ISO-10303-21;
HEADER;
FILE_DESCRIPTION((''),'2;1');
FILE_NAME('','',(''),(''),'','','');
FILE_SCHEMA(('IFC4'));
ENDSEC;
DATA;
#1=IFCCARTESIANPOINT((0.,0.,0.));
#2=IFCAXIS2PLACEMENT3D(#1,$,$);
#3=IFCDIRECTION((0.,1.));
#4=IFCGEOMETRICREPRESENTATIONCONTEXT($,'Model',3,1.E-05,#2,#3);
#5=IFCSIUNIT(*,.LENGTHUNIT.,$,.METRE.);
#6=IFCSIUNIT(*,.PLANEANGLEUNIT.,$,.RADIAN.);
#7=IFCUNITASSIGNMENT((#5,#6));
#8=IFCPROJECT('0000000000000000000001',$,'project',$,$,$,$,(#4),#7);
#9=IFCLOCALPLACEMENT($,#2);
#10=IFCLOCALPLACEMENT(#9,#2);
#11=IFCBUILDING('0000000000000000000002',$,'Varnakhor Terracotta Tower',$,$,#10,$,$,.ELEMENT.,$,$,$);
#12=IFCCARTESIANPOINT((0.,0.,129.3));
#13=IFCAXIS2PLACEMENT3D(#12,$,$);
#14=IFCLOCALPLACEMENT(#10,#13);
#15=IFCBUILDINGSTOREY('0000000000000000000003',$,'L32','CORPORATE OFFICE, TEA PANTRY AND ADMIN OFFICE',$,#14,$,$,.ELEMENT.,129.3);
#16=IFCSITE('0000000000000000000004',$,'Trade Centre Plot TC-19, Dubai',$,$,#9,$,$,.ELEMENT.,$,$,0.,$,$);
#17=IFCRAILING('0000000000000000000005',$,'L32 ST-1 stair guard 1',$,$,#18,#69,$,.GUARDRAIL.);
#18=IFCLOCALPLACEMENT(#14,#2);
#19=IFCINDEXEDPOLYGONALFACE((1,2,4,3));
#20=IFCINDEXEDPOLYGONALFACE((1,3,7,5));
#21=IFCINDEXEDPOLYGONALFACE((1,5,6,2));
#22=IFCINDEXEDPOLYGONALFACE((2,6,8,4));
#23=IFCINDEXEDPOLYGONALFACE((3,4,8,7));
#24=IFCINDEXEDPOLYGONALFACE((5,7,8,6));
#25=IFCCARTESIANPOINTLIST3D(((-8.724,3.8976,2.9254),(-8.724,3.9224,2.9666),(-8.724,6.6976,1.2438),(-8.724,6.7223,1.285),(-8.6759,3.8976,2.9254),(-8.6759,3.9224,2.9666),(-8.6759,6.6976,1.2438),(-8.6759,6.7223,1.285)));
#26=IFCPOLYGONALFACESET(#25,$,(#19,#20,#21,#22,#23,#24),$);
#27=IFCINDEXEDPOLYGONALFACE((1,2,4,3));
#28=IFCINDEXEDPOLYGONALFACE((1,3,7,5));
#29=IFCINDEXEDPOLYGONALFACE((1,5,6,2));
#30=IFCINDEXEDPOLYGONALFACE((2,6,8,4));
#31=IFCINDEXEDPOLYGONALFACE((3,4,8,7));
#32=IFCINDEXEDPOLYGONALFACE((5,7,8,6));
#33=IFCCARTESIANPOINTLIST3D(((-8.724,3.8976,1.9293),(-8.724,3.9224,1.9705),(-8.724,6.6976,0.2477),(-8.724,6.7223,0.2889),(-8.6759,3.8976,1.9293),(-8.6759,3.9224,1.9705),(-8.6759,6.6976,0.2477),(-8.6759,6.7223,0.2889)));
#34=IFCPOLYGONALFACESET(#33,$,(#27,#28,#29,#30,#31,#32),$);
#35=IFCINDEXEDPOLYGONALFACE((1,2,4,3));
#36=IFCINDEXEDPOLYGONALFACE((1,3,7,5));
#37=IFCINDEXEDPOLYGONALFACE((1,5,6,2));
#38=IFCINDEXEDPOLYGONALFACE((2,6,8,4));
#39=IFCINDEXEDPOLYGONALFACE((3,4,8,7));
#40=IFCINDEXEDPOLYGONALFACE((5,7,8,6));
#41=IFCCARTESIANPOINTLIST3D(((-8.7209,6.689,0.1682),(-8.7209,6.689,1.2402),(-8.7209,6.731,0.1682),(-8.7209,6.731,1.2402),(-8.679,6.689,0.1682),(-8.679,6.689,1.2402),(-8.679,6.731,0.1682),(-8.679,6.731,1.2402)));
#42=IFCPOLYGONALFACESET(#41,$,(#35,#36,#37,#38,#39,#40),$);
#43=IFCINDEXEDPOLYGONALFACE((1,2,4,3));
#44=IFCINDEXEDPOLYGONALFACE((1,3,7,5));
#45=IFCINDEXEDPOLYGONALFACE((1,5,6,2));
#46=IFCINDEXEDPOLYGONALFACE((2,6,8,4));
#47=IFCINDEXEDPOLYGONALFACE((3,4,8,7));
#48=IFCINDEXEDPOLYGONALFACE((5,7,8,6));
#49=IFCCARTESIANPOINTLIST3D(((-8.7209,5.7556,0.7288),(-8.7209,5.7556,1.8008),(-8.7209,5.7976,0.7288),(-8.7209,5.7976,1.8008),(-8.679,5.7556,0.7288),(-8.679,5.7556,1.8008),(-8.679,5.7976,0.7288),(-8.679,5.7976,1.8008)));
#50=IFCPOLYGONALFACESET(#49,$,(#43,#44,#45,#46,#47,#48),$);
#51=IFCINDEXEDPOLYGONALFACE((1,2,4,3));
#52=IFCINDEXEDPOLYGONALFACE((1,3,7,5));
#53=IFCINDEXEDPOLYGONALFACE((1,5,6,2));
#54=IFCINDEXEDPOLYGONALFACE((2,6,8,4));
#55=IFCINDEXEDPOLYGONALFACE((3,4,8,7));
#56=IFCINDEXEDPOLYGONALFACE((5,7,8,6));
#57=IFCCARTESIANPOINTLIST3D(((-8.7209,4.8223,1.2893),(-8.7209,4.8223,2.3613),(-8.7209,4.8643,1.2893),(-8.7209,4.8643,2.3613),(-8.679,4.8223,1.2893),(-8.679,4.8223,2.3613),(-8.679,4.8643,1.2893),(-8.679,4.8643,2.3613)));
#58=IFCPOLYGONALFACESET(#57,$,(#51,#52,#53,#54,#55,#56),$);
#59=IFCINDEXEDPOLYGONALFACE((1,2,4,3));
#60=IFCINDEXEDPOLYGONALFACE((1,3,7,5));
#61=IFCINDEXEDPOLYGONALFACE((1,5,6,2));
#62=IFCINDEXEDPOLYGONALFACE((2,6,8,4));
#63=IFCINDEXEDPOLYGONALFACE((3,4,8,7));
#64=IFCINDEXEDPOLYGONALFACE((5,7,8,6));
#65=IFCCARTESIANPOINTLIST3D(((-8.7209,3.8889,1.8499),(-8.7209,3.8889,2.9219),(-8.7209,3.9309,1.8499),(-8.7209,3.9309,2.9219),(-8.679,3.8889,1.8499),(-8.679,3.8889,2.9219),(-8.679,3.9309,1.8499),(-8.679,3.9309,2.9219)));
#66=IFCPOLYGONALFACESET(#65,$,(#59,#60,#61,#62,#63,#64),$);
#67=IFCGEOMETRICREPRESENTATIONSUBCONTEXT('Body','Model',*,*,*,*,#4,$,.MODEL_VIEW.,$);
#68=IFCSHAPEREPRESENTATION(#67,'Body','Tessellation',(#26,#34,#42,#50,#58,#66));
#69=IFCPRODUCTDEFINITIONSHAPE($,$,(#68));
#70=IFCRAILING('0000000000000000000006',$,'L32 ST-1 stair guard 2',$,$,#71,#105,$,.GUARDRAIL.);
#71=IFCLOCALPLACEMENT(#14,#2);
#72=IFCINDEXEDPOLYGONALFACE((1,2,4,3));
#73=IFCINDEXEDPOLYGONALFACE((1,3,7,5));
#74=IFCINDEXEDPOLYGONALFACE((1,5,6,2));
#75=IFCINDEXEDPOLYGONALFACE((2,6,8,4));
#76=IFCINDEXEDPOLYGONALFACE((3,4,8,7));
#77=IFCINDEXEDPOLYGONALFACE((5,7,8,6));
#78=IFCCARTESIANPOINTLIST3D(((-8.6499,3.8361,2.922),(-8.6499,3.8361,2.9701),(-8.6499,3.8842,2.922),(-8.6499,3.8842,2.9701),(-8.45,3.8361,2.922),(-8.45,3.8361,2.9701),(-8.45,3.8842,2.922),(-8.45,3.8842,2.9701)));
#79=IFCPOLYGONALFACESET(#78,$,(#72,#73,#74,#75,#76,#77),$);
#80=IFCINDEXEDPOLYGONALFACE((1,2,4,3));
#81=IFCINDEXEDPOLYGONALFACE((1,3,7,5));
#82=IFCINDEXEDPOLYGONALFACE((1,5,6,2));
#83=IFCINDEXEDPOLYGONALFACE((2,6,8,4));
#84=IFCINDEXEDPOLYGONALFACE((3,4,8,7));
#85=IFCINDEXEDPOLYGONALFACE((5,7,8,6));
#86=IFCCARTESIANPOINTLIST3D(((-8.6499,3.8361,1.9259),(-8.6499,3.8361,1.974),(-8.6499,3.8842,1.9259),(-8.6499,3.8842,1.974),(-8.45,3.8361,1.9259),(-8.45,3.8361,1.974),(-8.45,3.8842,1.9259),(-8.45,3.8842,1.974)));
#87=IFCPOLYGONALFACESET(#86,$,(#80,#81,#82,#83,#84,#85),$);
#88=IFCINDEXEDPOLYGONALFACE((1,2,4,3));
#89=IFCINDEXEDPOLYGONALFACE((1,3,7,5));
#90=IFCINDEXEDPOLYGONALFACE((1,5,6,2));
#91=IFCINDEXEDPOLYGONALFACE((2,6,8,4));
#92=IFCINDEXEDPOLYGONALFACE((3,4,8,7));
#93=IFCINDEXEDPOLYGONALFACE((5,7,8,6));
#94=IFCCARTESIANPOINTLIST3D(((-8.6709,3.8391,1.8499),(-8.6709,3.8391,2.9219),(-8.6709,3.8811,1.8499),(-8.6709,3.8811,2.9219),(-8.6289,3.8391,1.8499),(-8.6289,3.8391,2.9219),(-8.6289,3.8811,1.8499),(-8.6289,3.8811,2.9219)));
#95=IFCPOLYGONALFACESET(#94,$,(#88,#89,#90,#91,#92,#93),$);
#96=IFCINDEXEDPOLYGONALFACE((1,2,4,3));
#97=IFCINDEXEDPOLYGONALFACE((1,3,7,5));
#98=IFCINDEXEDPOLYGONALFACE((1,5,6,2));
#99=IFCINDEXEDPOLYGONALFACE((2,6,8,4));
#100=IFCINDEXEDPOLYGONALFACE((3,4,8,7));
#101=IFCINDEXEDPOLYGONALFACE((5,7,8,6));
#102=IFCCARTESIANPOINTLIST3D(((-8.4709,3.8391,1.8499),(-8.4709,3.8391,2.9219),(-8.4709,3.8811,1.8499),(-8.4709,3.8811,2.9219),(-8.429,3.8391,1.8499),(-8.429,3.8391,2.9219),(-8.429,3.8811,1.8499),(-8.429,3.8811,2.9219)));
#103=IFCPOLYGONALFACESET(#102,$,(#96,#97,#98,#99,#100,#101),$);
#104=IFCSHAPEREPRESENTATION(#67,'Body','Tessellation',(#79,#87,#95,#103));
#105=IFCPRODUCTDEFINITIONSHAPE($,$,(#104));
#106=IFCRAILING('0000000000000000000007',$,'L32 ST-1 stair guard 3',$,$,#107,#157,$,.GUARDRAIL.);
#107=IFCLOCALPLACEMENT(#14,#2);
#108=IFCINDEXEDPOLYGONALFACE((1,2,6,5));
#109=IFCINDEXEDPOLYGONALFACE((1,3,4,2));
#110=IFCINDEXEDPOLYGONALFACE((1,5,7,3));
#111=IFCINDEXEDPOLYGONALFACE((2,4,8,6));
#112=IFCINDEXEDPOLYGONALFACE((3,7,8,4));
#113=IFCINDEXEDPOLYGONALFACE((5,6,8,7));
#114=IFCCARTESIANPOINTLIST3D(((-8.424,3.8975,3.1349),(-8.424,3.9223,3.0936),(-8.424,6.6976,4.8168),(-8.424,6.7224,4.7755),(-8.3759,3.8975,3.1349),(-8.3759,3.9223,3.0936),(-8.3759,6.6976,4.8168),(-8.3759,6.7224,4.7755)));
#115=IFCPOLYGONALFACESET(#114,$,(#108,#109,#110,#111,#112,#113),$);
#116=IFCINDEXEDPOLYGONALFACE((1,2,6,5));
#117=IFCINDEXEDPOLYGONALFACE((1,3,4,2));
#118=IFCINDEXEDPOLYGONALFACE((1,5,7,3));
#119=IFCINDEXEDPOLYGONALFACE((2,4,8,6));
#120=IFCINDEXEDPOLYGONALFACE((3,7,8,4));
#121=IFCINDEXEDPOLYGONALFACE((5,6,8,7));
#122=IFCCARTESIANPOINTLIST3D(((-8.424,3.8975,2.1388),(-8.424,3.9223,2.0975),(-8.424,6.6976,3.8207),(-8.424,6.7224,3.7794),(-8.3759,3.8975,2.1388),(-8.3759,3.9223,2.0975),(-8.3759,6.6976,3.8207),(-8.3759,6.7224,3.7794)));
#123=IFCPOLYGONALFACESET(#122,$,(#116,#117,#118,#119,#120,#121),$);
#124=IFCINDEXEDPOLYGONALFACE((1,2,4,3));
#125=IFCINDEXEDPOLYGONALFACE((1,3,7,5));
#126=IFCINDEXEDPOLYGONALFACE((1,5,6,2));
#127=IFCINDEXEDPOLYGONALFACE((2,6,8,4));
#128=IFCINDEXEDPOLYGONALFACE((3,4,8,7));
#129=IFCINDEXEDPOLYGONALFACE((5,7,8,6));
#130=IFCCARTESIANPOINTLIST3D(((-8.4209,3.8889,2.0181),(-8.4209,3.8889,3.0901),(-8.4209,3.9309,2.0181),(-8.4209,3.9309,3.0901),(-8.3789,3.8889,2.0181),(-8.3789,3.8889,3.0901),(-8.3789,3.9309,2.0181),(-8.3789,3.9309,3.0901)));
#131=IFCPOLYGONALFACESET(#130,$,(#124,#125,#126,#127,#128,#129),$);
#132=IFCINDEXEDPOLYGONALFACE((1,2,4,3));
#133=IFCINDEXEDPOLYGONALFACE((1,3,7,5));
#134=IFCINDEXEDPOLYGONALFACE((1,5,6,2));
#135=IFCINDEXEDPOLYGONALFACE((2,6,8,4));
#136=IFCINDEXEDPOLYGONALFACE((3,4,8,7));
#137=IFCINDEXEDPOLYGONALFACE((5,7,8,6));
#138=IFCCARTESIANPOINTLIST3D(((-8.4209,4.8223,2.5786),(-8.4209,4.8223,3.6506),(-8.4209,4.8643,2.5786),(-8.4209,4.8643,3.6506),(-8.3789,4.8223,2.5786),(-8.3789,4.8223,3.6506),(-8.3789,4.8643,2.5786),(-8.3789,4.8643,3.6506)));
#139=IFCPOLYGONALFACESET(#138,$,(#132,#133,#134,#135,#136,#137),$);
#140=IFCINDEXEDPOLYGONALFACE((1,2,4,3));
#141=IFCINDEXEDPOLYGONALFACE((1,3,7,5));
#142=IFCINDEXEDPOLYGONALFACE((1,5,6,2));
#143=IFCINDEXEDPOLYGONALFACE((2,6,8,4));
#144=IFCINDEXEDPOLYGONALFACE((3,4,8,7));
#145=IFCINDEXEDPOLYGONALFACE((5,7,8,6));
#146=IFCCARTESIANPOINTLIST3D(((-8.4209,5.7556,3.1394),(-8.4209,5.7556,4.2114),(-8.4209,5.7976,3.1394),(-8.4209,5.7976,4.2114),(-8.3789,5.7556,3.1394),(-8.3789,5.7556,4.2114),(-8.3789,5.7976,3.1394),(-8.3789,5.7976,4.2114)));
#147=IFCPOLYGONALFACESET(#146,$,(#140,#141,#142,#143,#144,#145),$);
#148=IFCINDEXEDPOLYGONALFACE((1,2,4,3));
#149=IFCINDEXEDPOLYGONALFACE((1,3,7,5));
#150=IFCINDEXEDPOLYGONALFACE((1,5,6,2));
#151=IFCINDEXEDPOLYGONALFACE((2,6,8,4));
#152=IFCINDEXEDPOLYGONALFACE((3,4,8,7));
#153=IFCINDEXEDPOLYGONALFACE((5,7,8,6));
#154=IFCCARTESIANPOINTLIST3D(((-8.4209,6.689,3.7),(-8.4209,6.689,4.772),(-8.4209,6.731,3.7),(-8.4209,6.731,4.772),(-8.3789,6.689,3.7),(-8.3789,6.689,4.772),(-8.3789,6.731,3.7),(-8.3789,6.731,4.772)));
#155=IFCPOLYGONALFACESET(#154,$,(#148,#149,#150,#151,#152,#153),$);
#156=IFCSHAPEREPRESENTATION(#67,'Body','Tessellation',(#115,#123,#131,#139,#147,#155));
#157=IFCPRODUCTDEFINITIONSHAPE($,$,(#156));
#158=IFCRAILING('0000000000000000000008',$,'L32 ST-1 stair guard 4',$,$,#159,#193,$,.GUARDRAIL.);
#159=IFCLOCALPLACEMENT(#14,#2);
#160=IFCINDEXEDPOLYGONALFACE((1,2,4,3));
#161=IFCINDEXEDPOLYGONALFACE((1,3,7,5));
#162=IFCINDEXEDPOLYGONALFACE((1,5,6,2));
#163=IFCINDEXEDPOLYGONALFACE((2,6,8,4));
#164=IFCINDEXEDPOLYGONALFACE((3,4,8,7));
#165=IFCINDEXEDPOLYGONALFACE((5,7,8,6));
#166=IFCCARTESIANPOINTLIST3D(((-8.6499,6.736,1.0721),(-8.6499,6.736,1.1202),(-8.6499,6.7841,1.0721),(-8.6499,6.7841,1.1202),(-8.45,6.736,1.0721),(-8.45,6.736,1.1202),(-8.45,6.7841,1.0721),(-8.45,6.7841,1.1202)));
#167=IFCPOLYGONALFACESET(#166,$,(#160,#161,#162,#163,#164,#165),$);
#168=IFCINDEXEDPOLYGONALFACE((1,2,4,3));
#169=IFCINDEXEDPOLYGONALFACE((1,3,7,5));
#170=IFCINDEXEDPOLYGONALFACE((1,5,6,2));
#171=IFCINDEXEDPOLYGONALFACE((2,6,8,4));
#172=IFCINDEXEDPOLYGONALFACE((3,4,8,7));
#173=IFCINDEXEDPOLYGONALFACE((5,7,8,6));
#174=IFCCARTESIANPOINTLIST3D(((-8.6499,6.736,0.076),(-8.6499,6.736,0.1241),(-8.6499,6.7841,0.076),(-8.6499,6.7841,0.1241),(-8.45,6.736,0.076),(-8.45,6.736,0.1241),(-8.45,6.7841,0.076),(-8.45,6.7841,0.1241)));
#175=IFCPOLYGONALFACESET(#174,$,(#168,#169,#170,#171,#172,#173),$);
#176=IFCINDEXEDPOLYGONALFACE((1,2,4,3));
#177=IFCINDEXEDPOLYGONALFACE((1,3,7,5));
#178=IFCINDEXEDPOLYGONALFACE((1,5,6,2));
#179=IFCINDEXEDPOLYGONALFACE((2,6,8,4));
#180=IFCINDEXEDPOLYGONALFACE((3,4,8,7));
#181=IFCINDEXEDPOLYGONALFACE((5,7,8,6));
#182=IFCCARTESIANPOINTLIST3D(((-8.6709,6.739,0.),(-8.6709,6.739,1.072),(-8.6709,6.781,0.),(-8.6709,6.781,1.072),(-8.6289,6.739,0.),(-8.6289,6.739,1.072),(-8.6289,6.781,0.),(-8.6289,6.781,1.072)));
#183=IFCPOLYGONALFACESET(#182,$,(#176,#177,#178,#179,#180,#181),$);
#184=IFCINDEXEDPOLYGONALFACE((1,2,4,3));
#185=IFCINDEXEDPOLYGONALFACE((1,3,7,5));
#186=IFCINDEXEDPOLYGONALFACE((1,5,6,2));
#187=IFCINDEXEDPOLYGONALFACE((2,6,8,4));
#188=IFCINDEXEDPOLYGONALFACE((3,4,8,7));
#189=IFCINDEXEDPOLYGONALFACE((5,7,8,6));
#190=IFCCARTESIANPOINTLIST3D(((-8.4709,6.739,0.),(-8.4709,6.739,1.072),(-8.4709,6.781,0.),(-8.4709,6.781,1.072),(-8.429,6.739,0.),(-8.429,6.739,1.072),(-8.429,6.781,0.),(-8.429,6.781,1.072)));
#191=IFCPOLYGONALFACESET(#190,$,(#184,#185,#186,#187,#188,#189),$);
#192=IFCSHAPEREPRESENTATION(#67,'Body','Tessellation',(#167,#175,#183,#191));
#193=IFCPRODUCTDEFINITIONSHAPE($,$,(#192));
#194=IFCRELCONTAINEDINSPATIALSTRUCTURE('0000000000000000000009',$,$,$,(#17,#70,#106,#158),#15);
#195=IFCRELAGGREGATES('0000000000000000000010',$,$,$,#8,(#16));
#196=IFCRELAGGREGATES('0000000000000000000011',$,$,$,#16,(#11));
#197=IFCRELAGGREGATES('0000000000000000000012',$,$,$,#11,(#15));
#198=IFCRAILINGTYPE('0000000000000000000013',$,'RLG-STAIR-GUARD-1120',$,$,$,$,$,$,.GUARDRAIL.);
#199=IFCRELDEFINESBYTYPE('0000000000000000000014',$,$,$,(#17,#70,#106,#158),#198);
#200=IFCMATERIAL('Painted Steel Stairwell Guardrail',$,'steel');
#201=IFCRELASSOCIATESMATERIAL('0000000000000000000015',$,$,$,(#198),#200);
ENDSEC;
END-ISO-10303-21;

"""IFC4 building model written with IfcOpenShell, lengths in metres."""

from ifc_helpers import new_model, si_unit, direction, frame, origin, origin_2d, place, context, subcontext, project, spatial, rectangle, extrude, material, type_object, element, save


model = new_model("IFC4")

# Units and contexts
model_context = context("Model", 3, precision=1e-05, world=origin(), true_north=direction((0.0, 1.0)))
body_context = subcontext(model_context, "Body", "Model", "MODEL_VIEW")
ifc_project = project(units=[si_unit("LENGTHUNIT", "METRE"), si_unit("PLANEANGLEUNIT", "RADIAN")], contexts=[model_context])

# Site, building, storey
site_placement = place(None, origin())
site = spatial("IfcSite", under=ifc_project, at=site_placement, Name="Trade Centre Plot TC-19, Dubai", CompositionType="ELEMENT", RefElevation=0.0)
building_placement = place(site_placement, origin())
building = spatial("IfcBuilding", under=site, at=building_placement, Name="Varnakhor Terracotta Tower", CompositionType="ELEMENT")
storey_placement = place(building_placement, frame((0.0, 0.0, 129.3)))
storey = spatial("IfcBuildingStorey", under=building, at=storey_placement, Name="L32", Description="CORPORATE OFFICE, TEA PANTRY AND ADMIN OFFICE", CompositionType="ELEMENT", Elevation=129.3)

# Railings
ifc_material_1 = material(Name="Painted Steel Stairwell Guardrail", Category="steel")
railing_type_1 = type_object("IfcRailingType", Name="RLG-STAIR-GUARD-1120", PredefinedType="GUARDRAIL", material=ifc_material_1)
railing_1_placement = place(storey_placement, frame((-8.7, 6.71, 0.1682)))
element("IfcRailing", 1, at=railing_1_placement, inside=storey, type_object=railing_type_1, Name="L32 ST-1 stair guard 1", PredefinedType="GUARDRAIL", context=body_context, shape_type="SweptSolid", body=[
    extrude(rectangle(XDim=0.0481, YDim=0.0481, at=origin_2d()), frame((0.0, 0.0, 1.0962), z_axis=(0.0, -0.857275, 0.514858), x_axis=(1.0, 0.0, 0.0)), (0.0, 0.0, 1.0), 3.2661),
    extrude(rectangle(XDim=0.0481, YDim=0.0481, at=origin_2d()), frame((0.0, 0.0, 0.1001), z_axis=(0.0, -0.857275, 0.514858), x_axis=(1.0, 0.0, 0.0)), (0.0, 0.0, 1.0), 3.2661),
    extrude(rectangle(XDim=0.042, YDim=0.042, at=origin_2d()), origin(), (0.0, 0.0, 1.0), 1.072),
    extrude(rectangle(XDim=0.042, YDim=0.042, at=origin_2d()), frame((0.0, -0.9333, 0.5605)), (0.0, 0.0, 1.0), 1.072),
    extrude(rectangle(XDim=0.042, YDim=0.042, at=origin_2d()), frame((0.0, -1.8667, 1.1211)), (0.0, 0.0, 1.0), 1.072),
    extrude(rectangle(XDim=0.042, YDim=0.042, at=origin_2d()), frame((0.0, -2.8, 1.6816)), (0.0, 0.0, 1.0), 1.072),
])
railing_2_placement = place(storey_placement, frame((-8.6499, 3.8601, 1.8499)))
element("IfcRailing", 2, at=railing_2_placement, inside=storey, type_object=railing_type_1, Name="L32 ST-1 stair guard 2", PredefinedType="GUARDRAIL", context=body_context, shape_type="SweptSolid", body=[
    extrude(rectangle(XDim=0.0481, YDim=0.0481, at=origin_2d()), frame((0.0, 0.0, 1.0962), z_axis=(1.0, 0.0, 0.0), x_axis=(0.0, 1.0, 0.0)), (0.0, 0.0, 1.0), 0.2),
    extrude(rectangle(XDim=0.0481, YDim=0.0481, at=origin_2d()), frame((0.0, 0.0, 0.1001), z_axis=(1.0, 0.0, 0.0), x_axis=(0.0, 1.0, 0.0)), (0.0, 0.0, 1.0), 0.2),
    extrude(rectangle(XDim=0.042, YDim=0.042, at=origin_2d()), origin(), (0.0, 0.0, 1.0), 1.072),
    extrude(rectangle(XDim=0.042, YDim=0.042, at=origin_2d()), frame((0.2, 0.0, 0.0)), (0.0, 0.0, 1.0), 1.072),
])
railing_3_placement = place(storey_placement, frame((-8.3999, 3.9099, 2.0181)))
element("IfcRailing", 3, at=railing_3_placement, inside=storey, type_object=railing_type_1, Name="L32 ST-1 stair guard 3", PredefinedType="GUARDRAIL", context=body_context, shape_type="SweptSolid", body=[
    extrude(rectangle(XDim=0.0481, YDim=0.0481, at=origin_2d()), frame((0.0, 0.0, 1.0962), z_axis=(0.0, 0.857242, 0.514913), x_axis=(-1.0, 0.0, 0.0)), (0.0, 0.0, 1.0), 3.2664),
    extrude(rectangle(XDim=0.0481, YDim=0.0481, at=origin_2d()), frame((0.0, 0.0, 0.1001), z_axis=(0.0, 0.857242, 0.514913), x_axis=(-1.0, 0.0, 0.0)), (0.0, 0.0, 1.0), 3.2664),
    extrude(rectangle(XDim=0.042, YDim=0.042, at=origin_2d()), origin(), (0.0, 0.0, 1.0), 1.072),
    extrude(rectangle(XDim=0.042, YDim=0.042, at=origin_2d()), frame((0.0, 0.9333, 0.5605)), (0.0, 0.0, 1.0), 1.072),
    extrude(rectangle(XDim=0.042, YDim=0.042, at=origin_2d()), frame((0.0, 1.8667, 1.1213)), (0.0, 0.0, 1.0), 1.072),
    extrude(rectangle(XDim=0.042, YDim=0.042, at=origin_2d()), frame((0.0, 2.8, 1.6819)), (0.0, 0.0, 1.0), 1.072),
])
railing_4_placement = place(storey_placement, frame((-8.6499, 6.76, 0.0)))
element("IfcRailing", 4, at=railing_4_placement, inside=storey, type_object=railing_type_1, Name="L32 ST-1 stair guard 4", PredefinedType="GUARDRAIL", context=body_context, shape_type="SweptSolid", body=[
    extrude(rectangle(XDim=0.0481, YDim=0.0481, at=origin_2d()), frame((0.0, 0.0, 1.0962), z_axis=(1.0, 0.0, 0.0), x_axis=(0.0, 1.0, 0.0)), (0.0, 0.0, 1.0), 0.2),
    extrude(rectangle(XDim=0.0481, YDim=0.0481, at=origin_2d()), frame((0.0, 0.0, 0.1001), z_axis=(1.0, 0.0, 0.0), x_axis=(0.0, 1.0, 0.0)), (0.0, 0.0, 1.0), 0.2),
    extrude(rectangle(XDim=0.042, YDim=0.042, at=origin_2d()), origin(), (0.0, 0.0, 1.0), 1.072),
    extrude(rectangle(XDim=0.042, YDim=0.042, at=origin_2d()), frame((0.2, 0.0, 0.0)), (0.0, 0.0, 1.0), 1.072),
])

save(model, "model.ifc")
